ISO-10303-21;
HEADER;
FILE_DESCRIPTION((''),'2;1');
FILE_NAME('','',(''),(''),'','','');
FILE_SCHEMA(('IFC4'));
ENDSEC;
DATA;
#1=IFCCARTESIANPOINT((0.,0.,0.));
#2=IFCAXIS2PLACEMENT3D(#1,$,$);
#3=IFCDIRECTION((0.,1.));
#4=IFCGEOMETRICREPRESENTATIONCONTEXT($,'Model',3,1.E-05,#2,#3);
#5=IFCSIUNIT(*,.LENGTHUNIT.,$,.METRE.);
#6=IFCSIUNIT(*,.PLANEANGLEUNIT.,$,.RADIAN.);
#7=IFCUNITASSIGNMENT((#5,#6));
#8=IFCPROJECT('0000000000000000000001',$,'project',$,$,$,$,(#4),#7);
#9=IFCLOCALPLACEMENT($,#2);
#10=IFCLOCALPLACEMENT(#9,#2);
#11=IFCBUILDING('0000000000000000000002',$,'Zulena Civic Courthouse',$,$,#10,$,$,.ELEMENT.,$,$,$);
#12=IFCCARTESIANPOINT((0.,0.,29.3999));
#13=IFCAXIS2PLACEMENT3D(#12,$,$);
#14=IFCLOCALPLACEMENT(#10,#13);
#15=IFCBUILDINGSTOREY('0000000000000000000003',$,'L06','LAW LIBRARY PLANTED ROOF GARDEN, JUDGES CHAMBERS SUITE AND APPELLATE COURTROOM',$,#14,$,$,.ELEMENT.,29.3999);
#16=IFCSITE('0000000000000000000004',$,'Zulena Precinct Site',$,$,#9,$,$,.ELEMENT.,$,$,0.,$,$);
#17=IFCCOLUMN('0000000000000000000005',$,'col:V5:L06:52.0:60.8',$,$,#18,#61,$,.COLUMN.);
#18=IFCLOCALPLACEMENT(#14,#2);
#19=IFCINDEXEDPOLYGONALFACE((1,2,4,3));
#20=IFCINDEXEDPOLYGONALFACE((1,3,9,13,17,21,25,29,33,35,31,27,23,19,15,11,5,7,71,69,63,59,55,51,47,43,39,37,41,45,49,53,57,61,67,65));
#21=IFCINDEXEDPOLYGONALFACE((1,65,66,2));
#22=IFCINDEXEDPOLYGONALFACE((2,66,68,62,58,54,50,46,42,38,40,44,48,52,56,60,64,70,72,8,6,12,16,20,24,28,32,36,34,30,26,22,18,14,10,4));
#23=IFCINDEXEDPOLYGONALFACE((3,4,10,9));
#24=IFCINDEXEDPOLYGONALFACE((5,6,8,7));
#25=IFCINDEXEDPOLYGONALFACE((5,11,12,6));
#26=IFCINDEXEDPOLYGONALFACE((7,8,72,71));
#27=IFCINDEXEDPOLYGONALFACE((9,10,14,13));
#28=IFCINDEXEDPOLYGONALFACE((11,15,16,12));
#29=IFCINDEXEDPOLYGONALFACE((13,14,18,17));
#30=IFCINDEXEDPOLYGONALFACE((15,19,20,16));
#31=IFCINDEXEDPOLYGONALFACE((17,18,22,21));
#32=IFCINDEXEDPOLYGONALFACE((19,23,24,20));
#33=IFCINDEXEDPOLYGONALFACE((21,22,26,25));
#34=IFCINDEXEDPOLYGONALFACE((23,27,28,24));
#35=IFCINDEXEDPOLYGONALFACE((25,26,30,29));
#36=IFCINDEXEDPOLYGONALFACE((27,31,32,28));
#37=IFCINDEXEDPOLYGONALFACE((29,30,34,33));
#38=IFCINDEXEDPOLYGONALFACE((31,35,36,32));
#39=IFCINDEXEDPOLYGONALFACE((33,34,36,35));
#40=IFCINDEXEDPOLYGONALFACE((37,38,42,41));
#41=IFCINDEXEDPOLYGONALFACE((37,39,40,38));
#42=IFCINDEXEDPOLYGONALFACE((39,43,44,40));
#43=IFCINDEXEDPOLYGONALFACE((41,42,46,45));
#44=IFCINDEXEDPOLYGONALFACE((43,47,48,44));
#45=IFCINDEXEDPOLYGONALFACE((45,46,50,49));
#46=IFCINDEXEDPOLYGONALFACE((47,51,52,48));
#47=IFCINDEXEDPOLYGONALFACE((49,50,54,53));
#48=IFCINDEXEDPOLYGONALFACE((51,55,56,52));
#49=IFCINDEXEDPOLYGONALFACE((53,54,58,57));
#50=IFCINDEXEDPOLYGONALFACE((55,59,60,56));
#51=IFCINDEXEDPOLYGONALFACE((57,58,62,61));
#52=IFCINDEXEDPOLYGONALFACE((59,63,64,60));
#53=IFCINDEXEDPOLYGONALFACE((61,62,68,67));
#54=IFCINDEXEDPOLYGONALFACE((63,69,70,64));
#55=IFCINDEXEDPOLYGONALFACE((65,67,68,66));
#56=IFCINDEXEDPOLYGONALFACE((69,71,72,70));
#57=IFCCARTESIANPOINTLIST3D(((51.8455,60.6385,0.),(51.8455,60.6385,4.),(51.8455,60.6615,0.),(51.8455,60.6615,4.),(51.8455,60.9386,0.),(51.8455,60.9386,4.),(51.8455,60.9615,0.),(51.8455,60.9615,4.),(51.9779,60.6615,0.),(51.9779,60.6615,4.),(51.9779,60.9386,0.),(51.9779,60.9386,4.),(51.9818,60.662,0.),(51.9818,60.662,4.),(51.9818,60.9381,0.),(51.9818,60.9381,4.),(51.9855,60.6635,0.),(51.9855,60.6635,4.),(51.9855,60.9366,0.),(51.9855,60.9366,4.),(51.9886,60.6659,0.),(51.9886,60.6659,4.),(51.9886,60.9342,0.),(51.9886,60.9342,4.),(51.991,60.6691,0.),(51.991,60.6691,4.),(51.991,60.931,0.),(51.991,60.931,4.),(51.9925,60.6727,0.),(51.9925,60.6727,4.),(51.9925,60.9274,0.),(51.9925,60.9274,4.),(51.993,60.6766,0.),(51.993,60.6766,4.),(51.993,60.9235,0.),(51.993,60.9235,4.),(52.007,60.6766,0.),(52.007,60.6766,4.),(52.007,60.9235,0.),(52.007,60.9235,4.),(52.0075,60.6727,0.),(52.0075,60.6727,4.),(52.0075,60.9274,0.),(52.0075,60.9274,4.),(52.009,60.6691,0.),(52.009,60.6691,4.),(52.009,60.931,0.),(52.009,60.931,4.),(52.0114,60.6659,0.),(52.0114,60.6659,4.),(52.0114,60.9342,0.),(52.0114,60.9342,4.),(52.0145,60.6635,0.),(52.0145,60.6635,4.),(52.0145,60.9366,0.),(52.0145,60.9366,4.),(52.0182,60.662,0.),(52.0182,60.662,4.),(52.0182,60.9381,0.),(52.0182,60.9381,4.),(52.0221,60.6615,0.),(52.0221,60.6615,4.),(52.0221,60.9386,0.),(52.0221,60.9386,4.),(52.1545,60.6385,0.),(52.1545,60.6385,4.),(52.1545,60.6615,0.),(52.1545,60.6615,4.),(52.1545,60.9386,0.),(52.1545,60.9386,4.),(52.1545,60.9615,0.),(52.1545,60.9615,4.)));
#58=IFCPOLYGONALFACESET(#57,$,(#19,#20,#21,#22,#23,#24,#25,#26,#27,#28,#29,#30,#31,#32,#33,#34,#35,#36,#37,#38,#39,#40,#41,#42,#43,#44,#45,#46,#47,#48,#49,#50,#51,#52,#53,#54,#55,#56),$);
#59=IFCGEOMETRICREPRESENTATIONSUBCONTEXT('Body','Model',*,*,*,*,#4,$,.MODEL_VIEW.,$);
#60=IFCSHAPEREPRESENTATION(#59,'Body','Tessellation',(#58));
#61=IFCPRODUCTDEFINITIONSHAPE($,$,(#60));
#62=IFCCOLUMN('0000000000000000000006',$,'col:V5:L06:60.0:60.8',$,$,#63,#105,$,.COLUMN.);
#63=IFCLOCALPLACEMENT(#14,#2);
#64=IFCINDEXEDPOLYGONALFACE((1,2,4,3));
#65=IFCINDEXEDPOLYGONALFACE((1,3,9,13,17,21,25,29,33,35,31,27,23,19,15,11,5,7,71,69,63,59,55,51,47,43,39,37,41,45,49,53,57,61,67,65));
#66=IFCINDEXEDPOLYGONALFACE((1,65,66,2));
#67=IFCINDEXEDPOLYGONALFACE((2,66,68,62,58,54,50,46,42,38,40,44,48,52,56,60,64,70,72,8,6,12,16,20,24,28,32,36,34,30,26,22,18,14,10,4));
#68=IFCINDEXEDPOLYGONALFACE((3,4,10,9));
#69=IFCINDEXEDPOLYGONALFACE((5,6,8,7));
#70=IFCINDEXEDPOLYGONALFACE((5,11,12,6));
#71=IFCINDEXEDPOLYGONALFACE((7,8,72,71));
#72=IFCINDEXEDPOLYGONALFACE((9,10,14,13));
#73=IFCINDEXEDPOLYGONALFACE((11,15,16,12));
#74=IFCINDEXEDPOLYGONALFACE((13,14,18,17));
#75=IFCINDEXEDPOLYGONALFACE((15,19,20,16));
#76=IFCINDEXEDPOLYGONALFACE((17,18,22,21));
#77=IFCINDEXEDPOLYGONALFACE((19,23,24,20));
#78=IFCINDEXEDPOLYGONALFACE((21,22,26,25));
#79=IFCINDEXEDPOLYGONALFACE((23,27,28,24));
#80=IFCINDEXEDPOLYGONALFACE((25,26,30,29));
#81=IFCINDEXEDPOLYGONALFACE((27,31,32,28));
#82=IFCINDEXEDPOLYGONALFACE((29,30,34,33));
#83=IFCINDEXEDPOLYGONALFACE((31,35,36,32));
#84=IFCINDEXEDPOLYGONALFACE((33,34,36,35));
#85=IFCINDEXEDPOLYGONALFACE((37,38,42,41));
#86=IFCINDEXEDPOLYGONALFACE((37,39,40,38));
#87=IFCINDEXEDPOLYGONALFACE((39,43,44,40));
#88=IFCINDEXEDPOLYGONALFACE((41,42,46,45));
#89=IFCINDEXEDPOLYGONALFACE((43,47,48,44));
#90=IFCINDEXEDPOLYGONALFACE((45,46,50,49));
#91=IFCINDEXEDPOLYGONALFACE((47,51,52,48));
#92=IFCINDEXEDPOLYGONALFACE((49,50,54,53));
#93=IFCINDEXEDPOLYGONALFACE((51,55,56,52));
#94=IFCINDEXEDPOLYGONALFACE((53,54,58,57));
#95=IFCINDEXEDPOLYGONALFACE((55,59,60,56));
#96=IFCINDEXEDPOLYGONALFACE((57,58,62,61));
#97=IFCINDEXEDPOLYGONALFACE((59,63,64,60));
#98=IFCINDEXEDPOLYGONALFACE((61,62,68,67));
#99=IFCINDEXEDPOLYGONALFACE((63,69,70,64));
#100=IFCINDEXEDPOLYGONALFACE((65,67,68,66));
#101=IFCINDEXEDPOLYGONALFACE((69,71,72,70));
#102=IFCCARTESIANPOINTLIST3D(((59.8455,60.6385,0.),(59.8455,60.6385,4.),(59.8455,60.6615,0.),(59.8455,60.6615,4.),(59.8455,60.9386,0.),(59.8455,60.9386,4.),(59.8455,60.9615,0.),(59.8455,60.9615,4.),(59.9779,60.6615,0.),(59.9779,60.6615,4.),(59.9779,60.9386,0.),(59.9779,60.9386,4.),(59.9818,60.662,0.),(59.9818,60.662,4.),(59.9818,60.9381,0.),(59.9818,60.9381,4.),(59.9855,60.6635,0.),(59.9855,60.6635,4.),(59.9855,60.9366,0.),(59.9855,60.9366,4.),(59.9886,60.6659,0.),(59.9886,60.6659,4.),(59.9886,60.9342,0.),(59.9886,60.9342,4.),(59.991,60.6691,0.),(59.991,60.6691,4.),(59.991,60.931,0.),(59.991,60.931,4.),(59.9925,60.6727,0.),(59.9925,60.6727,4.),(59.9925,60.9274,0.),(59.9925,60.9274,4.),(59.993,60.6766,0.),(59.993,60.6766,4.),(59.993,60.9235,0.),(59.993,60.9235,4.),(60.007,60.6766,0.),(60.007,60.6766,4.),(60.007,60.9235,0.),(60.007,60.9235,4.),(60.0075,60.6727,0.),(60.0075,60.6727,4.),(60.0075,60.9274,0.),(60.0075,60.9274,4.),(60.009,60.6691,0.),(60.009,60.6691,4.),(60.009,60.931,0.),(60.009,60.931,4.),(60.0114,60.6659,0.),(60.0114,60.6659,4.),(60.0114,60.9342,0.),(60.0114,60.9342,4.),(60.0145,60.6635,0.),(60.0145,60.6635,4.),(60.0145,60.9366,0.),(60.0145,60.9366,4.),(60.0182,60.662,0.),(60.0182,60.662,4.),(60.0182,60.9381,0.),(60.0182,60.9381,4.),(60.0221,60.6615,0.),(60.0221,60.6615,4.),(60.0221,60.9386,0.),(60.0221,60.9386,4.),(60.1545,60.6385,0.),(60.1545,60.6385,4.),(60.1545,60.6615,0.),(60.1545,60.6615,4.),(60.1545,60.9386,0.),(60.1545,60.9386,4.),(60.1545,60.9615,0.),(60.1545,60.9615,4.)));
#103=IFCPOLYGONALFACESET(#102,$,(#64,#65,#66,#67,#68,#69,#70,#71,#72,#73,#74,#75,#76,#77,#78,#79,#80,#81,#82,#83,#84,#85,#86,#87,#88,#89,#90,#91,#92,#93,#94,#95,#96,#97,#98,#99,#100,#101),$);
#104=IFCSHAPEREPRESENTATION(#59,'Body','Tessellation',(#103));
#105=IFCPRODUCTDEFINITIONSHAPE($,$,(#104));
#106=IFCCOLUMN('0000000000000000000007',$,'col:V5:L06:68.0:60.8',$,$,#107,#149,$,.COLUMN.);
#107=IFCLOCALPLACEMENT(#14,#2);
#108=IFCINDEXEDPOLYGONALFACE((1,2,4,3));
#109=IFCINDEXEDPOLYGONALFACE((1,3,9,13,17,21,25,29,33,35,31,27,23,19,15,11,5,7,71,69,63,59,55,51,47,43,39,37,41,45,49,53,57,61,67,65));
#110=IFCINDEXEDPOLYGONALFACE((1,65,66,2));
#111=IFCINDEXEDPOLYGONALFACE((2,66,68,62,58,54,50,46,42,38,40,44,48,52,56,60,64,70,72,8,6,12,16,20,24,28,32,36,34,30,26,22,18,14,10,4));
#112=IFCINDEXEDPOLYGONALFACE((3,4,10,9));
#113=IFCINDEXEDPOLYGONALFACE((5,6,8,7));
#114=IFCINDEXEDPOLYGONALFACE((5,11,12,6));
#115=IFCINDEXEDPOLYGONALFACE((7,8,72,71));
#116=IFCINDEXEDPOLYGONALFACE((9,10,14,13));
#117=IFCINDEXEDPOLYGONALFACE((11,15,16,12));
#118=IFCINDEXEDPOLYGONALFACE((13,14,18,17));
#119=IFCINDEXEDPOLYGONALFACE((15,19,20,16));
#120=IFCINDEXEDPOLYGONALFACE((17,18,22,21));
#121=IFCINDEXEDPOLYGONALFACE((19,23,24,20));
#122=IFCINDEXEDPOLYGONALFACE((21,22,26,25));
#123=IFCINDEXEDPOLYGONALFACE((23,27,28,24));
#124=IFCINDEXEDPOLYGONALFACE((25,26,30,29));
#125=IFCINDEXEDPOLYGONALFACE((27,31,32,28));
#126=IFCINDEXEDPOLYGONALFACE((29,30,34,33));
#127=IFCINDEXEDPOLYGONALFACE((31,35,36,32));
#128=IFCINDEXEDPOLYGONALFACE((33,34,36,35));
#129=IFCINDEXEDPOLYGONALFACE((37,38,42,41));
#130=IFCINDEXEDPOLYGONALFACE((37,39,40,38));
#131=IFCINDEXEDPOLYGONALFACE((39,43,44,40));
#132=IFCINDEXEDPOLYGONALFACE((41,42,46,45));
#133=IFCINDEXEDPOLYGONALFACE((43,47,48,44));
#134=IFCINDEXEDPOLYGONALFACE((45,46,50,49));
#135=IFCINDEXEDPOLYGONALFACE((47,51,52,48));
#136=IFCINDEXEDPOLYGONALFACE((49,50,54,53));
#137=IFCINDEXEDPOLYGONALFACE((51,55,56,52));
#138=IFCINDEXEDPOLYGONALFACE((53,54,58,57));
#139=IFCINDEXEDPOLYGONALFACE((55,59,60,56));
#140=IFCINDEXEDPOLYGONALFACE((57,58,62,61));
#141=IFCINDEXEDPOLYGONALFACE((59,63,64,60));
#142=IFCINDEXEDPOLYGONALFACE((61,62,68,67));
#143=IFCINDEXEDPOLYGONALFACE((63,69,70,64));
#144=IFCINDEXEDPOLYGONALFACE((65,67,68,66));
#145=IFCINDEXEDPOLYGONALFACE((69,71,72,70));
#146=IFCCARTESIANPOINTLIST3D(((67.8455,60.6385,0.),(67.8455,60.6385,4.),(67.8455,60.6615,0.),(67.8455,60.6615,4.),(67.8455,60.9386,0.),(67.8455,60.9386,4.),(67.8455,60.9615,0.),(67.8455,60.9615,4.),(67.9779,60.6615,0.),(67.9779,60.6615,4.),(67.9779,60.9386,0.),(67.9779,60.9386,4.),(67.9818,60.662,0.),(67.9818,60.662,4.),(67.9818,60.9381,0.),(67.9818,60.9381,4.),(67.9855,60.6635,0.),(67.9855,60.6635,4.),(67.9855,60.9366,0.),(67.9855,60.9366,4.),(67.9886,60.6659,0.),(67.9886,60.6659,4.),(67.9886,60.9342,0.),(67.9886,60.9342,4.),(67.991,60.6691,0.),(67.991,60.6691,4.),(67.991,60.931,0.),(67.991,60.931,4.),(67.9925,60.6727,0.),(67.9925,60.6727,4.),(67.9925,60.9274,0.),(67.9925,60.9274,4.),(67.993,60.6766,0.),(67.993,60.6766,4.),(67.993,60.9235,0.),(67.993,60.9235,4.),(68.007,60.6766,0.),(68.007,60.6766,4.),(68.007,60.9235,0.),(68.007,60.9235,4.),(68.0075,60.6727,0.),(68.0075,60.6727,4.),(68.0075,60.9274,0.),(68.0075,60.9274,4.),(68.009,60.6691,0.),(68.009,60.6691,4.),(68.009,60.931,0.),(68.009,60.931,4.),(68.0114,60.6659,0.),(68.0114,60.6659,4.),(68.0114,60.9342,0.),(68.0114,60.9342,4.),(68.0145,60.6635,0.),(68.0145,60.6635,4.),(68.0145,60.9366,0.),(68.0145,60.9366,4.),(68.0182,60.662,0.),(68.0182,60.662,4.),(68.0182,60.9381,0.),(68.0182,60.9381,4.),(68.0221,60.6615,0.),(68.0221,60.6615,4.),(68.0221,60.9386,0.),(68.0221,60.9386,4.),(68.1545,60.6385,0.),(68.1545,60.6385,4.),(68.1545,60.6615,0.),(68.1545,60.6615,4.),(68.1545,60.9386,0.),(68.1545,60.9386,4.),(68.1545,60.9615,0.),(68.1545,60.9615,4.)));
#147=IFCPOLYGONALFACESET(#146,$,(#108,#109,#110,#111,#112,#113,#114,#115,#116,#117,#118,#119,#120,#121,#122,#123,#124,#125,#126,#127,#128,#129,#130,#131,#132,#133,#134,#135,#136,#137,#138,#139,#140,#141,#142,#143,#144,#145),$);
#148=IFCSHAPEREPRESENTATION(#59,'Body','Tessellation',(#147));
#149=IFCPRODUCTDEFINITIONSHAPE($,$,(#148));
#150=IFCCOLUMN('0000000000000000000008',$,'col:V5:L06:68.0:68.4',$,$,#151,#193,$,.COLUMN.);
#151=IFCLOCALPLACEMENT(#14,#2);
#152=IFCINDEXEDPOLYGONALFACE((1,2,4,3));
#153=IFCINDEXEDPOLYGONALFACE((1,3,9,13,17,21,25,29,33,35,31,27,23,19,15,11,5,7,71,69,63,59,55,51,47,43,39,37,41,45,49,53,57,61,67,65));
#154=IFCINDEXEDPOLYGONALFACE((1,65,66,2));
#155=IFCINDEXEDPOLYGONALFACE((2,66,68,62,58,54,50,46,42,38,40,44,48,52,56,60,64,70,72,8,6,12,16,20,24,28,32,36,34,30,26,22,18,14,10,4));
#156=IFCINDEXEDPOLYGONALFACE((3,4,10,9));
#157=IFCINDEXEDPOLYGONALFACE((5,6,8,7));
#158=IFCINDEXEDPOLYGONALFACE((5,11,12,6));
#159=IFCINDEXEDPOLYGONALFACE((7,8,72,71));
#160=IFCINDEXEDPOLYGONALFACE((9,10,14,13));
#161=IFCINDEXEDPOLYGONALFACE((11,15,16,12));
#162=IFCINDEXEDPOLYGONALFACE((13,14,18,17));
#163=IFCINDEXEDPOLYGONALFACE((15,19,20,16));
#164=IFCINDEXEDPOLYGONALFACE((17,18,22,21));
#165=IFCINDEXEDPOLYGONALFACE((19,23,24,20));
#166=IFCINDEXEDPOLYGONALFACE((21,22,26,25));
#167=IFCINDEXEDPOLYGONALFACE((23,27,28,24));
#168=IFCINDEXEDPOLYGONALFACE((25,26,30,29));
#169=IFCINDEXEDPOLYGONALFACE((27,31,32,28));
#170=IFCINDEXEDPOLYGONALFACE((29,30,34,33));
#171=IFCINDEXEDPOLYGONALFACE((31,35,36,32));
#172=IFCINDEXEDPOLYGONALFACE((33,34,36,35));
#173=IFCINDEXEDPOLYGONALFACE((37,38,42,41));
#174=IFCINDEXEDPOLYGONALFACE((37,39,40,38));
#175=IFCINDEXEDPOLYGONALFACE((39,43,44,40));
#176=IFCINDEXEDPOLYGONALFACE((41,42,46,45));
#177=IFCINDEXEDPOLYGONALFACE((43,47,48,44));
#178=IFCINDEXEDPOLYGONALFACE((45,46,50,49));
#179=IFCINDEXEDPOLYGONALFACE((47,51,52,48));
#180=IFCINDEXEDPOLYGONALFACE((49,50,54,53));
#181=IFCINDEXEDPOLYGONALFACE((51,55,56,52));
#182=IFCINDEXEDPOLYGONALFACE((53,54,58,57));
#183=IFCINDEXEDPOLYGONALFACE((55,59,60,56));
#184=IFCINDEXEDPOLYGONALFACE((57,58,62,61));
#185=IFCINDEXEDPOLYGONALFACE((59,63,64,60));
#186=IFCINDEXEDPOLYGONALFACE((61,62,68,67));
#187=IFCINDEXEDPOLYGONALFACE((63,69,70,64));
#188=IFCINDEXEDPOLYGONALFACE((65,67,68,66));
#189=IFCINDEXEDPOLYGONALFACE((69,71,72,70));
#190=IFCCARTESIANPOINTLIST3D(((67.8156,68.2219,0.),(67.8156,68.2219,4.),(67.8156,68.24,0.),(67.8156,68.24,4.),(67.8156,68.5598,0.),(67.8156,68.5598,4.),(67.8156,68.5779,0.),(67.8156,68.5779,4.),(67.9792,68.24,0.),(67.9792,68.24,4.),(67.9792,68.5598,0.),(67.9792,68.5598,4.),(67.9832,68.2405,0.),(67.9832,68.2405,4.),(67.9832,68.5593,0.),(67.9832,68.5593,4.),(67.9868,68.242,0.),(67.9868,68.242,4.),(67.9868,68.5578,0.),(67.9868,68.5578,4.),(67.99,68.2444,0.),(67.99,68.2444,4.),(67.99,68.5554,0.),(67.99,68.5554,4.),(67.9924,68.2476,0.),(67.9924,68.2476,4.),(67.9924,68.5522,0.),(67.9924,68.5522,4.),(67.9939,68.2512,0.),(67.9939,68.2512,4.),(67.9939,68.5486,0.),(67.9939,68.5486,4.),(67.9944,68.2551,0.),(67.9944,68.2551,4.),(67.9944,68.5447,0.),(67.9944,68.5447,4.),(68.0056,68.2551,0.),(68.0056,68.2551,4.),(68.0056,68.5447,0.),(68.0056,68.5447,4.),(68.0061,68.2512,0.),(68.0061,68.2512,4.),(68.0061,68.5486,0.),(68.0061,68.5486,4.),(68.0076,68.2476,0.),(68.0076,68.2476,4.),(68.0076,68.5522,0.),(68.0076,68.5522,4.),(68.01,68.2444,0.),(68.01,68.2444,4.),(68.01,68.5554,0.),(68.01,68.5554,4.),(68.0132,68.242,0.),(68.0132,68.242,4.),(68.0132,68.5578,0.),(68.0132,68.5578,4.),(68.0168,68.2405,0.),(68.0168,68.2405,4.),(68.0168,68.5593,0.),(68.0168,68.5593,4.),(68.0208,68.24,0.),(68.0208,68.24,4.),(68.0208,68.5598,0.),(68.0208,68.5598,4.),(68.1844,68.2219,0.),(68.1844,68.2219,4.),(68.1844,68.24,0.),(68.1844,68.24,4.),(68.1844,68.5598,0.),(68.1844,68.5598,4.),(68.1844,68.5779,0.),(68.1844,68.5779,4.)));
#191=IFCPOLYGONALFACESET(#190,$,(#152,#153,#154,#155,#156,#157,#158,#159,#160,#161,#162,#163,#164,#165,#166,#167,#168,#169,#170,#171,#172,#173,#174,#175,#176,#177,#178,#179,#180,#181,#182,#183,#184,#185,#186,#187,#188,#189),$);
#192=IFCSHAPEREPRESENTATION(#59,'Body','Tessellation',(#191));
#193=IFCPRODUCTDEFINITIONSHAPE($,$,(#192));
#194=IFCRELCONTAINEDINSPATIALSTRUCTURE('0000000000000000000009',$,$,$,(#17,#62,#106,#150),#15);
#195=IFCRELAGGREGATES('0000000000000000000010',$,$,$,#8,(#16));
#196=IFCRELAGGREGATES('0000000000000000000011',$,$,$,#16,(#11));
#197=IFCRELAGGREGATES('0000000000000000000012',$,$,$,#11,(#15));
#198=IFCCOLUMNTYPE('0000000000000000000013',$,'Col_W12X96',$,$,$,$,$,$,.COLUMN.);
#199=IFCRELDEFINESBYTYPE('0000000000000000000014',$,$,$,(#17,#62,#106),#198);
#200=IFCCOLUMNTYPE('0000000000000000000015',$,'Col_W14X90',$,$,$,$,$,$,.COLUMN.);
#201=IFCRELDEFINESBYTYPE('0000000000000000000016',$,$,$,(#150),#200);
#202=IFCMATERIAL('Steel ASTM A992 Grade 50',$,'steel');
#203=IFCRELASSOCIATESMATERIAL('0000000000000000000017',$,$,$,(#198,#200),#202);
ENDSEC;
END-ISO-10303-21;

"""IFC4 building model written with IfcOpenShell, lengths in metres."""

from ifc_helpers import new_model, si_unit, direction, frame, origin, origin_2d, place, context, subcontext, project, spatial, i_section, extrude, material, material_profile, profile_set, type_object, element, save


model = new_model("IFC4")

# Units and contexts
model_context = context("Model", 3, precision=1e-05, world=origin(), true_north=direction((0.0, 1.0)))
body_context = subcontext(model_context, "Body", "Model", "MODEL_VIEW")
ifc_project = project(units=[si_unit("LENGTHUNIT", "METRE"), si_unit("PLANEANGLEUNIT", "RADIAN")], contexts=[model_context])

# Site, building, storey
site_placement = place(None, origin())
site = spatial("IfcSite", under=ifc_project, at=site_placement, Name="Zulena Precinct Site", CompositionType="ELEMENT", RefElevation=0.0)
building_placement = place(site_placement, origin())
building = spatial("IfcBuilding", under=site, at=building_placement, Name="Zulena Civic Courthouse", CompositionType="ELEMENT")
storey_placement = place(building_placement, frame((0.0, 0.0, 29.3999)))
storey = spatial("IfcBuildingStorey", under=building, at=storey_placement, Name="L06", Description="LAW LIBRARY PLANTED ROOF GARDEN, JUDGES CHAMBERS SUITE AND APPELLATE COURTROOM", CompositionType="ELEMENT", Elevation=29.3999)

# Columns
ifc_material_1 = material(Name="Steel ASTM A992 Grade 50", Category="steel")
ifc_material_profile_1 = material_profile(ifc_material_1, i_section(OverallWidth=0.3091, OverallDepth=0.323, WebThickness=0.0139, FlangeThickness=0.0229, FilletRadius=0.0151, at=origin_2d()), Name="W12X96")
ifc_profile_set_1 = profile_set([ifc_material_profile_1], Name="Steel ASTM A992 Grade 50")
column_type_1 = type_object("IfcColumnType", Name="Col_W12X96", PredefinedType="COLUMN", material=ifc_profile_set_1)
for number, where, z_axis, x_axis, name in (
    (1, (52.0, 60.8, 0.0), (0.0, 0.0, 1.0), (1.0, 0.0, 0.0), "col:V5:L06:52.0:60.8"),
    (2, (60.0, 60.8, 0.0), (0.0, 0.0, 1.0), (1.0, 0.0, 0.0), "col:V5:L06:60.0:60.8"),
    (3, (68.0, 60.8, 0.0), (0.0, 0.0, 1.0), (1.0, 0.0, 0.0), "col:V5:L06:68.0:60.8"),
):
    element("IfcColumn", number, at=place(storey_placement, frame(where, z_axis=z_axis, x_axis=x_axis)), inside=storey, type_object=column_type_1, Name=name, PredefinedType="COLUMN", context=body_context, shape_type="SweptSolid", body=[
        extrude(i_section(OverallWidth=0.3091, OverallDepth=0.323, WebThickness=0.0139, FlangeThickness=0.0229, FilletRadius=0.0151, at=origin_2d()), origin(), (0.0, 0.0, 1.0), 4.0),
    ])
ifc_material_profile_2 = material_profile(ifc_material_1, i_section(OverallWidth=0.3689, OverallDepth=0.356, WebThickness=0.0112, FlangeThickness=0.0181, FilletRadius=0.0151, at=origin_2d()), Name="W14X90")
ifc_profile_set_2 = profile_set([ifc_material_profile_2], Name="Steel ASTM A992 Grade 50")
column_type_2 = type_object("IfcColumnType", Name="Col_W14X90", PredefinedType="COLUMN", material=ifc_profile_set_2)
for number, where, z_axis, x_axis, name in (
    (4, (68.0, 68.3999, 0.0), (0.0, 0.0, 1.0), (1.0, 0.0, 0.0), "col:V5:L06:68.0:68.4"),
):
    element("IfcColumn", number, at=place(storey_placement, frame(where, z_axis=z_axis, x_axis=x_axis)), inside=storey, type_object=column_type_2, Name=name, PredefinedType="COLUMN", context=body_context, shape_type="SweptSolid", body=[
        extrude(i_section(OverallWidth=0.3689, OverallDepth=0.356, WebThickness=0.0112, FlangeThickness=0.0181, FilletRadius=0.0151, at=origin_2d()), origin(), (0.0, 0.0, 1.0), 4.0),
    ])

save(model, "model.ifc")
